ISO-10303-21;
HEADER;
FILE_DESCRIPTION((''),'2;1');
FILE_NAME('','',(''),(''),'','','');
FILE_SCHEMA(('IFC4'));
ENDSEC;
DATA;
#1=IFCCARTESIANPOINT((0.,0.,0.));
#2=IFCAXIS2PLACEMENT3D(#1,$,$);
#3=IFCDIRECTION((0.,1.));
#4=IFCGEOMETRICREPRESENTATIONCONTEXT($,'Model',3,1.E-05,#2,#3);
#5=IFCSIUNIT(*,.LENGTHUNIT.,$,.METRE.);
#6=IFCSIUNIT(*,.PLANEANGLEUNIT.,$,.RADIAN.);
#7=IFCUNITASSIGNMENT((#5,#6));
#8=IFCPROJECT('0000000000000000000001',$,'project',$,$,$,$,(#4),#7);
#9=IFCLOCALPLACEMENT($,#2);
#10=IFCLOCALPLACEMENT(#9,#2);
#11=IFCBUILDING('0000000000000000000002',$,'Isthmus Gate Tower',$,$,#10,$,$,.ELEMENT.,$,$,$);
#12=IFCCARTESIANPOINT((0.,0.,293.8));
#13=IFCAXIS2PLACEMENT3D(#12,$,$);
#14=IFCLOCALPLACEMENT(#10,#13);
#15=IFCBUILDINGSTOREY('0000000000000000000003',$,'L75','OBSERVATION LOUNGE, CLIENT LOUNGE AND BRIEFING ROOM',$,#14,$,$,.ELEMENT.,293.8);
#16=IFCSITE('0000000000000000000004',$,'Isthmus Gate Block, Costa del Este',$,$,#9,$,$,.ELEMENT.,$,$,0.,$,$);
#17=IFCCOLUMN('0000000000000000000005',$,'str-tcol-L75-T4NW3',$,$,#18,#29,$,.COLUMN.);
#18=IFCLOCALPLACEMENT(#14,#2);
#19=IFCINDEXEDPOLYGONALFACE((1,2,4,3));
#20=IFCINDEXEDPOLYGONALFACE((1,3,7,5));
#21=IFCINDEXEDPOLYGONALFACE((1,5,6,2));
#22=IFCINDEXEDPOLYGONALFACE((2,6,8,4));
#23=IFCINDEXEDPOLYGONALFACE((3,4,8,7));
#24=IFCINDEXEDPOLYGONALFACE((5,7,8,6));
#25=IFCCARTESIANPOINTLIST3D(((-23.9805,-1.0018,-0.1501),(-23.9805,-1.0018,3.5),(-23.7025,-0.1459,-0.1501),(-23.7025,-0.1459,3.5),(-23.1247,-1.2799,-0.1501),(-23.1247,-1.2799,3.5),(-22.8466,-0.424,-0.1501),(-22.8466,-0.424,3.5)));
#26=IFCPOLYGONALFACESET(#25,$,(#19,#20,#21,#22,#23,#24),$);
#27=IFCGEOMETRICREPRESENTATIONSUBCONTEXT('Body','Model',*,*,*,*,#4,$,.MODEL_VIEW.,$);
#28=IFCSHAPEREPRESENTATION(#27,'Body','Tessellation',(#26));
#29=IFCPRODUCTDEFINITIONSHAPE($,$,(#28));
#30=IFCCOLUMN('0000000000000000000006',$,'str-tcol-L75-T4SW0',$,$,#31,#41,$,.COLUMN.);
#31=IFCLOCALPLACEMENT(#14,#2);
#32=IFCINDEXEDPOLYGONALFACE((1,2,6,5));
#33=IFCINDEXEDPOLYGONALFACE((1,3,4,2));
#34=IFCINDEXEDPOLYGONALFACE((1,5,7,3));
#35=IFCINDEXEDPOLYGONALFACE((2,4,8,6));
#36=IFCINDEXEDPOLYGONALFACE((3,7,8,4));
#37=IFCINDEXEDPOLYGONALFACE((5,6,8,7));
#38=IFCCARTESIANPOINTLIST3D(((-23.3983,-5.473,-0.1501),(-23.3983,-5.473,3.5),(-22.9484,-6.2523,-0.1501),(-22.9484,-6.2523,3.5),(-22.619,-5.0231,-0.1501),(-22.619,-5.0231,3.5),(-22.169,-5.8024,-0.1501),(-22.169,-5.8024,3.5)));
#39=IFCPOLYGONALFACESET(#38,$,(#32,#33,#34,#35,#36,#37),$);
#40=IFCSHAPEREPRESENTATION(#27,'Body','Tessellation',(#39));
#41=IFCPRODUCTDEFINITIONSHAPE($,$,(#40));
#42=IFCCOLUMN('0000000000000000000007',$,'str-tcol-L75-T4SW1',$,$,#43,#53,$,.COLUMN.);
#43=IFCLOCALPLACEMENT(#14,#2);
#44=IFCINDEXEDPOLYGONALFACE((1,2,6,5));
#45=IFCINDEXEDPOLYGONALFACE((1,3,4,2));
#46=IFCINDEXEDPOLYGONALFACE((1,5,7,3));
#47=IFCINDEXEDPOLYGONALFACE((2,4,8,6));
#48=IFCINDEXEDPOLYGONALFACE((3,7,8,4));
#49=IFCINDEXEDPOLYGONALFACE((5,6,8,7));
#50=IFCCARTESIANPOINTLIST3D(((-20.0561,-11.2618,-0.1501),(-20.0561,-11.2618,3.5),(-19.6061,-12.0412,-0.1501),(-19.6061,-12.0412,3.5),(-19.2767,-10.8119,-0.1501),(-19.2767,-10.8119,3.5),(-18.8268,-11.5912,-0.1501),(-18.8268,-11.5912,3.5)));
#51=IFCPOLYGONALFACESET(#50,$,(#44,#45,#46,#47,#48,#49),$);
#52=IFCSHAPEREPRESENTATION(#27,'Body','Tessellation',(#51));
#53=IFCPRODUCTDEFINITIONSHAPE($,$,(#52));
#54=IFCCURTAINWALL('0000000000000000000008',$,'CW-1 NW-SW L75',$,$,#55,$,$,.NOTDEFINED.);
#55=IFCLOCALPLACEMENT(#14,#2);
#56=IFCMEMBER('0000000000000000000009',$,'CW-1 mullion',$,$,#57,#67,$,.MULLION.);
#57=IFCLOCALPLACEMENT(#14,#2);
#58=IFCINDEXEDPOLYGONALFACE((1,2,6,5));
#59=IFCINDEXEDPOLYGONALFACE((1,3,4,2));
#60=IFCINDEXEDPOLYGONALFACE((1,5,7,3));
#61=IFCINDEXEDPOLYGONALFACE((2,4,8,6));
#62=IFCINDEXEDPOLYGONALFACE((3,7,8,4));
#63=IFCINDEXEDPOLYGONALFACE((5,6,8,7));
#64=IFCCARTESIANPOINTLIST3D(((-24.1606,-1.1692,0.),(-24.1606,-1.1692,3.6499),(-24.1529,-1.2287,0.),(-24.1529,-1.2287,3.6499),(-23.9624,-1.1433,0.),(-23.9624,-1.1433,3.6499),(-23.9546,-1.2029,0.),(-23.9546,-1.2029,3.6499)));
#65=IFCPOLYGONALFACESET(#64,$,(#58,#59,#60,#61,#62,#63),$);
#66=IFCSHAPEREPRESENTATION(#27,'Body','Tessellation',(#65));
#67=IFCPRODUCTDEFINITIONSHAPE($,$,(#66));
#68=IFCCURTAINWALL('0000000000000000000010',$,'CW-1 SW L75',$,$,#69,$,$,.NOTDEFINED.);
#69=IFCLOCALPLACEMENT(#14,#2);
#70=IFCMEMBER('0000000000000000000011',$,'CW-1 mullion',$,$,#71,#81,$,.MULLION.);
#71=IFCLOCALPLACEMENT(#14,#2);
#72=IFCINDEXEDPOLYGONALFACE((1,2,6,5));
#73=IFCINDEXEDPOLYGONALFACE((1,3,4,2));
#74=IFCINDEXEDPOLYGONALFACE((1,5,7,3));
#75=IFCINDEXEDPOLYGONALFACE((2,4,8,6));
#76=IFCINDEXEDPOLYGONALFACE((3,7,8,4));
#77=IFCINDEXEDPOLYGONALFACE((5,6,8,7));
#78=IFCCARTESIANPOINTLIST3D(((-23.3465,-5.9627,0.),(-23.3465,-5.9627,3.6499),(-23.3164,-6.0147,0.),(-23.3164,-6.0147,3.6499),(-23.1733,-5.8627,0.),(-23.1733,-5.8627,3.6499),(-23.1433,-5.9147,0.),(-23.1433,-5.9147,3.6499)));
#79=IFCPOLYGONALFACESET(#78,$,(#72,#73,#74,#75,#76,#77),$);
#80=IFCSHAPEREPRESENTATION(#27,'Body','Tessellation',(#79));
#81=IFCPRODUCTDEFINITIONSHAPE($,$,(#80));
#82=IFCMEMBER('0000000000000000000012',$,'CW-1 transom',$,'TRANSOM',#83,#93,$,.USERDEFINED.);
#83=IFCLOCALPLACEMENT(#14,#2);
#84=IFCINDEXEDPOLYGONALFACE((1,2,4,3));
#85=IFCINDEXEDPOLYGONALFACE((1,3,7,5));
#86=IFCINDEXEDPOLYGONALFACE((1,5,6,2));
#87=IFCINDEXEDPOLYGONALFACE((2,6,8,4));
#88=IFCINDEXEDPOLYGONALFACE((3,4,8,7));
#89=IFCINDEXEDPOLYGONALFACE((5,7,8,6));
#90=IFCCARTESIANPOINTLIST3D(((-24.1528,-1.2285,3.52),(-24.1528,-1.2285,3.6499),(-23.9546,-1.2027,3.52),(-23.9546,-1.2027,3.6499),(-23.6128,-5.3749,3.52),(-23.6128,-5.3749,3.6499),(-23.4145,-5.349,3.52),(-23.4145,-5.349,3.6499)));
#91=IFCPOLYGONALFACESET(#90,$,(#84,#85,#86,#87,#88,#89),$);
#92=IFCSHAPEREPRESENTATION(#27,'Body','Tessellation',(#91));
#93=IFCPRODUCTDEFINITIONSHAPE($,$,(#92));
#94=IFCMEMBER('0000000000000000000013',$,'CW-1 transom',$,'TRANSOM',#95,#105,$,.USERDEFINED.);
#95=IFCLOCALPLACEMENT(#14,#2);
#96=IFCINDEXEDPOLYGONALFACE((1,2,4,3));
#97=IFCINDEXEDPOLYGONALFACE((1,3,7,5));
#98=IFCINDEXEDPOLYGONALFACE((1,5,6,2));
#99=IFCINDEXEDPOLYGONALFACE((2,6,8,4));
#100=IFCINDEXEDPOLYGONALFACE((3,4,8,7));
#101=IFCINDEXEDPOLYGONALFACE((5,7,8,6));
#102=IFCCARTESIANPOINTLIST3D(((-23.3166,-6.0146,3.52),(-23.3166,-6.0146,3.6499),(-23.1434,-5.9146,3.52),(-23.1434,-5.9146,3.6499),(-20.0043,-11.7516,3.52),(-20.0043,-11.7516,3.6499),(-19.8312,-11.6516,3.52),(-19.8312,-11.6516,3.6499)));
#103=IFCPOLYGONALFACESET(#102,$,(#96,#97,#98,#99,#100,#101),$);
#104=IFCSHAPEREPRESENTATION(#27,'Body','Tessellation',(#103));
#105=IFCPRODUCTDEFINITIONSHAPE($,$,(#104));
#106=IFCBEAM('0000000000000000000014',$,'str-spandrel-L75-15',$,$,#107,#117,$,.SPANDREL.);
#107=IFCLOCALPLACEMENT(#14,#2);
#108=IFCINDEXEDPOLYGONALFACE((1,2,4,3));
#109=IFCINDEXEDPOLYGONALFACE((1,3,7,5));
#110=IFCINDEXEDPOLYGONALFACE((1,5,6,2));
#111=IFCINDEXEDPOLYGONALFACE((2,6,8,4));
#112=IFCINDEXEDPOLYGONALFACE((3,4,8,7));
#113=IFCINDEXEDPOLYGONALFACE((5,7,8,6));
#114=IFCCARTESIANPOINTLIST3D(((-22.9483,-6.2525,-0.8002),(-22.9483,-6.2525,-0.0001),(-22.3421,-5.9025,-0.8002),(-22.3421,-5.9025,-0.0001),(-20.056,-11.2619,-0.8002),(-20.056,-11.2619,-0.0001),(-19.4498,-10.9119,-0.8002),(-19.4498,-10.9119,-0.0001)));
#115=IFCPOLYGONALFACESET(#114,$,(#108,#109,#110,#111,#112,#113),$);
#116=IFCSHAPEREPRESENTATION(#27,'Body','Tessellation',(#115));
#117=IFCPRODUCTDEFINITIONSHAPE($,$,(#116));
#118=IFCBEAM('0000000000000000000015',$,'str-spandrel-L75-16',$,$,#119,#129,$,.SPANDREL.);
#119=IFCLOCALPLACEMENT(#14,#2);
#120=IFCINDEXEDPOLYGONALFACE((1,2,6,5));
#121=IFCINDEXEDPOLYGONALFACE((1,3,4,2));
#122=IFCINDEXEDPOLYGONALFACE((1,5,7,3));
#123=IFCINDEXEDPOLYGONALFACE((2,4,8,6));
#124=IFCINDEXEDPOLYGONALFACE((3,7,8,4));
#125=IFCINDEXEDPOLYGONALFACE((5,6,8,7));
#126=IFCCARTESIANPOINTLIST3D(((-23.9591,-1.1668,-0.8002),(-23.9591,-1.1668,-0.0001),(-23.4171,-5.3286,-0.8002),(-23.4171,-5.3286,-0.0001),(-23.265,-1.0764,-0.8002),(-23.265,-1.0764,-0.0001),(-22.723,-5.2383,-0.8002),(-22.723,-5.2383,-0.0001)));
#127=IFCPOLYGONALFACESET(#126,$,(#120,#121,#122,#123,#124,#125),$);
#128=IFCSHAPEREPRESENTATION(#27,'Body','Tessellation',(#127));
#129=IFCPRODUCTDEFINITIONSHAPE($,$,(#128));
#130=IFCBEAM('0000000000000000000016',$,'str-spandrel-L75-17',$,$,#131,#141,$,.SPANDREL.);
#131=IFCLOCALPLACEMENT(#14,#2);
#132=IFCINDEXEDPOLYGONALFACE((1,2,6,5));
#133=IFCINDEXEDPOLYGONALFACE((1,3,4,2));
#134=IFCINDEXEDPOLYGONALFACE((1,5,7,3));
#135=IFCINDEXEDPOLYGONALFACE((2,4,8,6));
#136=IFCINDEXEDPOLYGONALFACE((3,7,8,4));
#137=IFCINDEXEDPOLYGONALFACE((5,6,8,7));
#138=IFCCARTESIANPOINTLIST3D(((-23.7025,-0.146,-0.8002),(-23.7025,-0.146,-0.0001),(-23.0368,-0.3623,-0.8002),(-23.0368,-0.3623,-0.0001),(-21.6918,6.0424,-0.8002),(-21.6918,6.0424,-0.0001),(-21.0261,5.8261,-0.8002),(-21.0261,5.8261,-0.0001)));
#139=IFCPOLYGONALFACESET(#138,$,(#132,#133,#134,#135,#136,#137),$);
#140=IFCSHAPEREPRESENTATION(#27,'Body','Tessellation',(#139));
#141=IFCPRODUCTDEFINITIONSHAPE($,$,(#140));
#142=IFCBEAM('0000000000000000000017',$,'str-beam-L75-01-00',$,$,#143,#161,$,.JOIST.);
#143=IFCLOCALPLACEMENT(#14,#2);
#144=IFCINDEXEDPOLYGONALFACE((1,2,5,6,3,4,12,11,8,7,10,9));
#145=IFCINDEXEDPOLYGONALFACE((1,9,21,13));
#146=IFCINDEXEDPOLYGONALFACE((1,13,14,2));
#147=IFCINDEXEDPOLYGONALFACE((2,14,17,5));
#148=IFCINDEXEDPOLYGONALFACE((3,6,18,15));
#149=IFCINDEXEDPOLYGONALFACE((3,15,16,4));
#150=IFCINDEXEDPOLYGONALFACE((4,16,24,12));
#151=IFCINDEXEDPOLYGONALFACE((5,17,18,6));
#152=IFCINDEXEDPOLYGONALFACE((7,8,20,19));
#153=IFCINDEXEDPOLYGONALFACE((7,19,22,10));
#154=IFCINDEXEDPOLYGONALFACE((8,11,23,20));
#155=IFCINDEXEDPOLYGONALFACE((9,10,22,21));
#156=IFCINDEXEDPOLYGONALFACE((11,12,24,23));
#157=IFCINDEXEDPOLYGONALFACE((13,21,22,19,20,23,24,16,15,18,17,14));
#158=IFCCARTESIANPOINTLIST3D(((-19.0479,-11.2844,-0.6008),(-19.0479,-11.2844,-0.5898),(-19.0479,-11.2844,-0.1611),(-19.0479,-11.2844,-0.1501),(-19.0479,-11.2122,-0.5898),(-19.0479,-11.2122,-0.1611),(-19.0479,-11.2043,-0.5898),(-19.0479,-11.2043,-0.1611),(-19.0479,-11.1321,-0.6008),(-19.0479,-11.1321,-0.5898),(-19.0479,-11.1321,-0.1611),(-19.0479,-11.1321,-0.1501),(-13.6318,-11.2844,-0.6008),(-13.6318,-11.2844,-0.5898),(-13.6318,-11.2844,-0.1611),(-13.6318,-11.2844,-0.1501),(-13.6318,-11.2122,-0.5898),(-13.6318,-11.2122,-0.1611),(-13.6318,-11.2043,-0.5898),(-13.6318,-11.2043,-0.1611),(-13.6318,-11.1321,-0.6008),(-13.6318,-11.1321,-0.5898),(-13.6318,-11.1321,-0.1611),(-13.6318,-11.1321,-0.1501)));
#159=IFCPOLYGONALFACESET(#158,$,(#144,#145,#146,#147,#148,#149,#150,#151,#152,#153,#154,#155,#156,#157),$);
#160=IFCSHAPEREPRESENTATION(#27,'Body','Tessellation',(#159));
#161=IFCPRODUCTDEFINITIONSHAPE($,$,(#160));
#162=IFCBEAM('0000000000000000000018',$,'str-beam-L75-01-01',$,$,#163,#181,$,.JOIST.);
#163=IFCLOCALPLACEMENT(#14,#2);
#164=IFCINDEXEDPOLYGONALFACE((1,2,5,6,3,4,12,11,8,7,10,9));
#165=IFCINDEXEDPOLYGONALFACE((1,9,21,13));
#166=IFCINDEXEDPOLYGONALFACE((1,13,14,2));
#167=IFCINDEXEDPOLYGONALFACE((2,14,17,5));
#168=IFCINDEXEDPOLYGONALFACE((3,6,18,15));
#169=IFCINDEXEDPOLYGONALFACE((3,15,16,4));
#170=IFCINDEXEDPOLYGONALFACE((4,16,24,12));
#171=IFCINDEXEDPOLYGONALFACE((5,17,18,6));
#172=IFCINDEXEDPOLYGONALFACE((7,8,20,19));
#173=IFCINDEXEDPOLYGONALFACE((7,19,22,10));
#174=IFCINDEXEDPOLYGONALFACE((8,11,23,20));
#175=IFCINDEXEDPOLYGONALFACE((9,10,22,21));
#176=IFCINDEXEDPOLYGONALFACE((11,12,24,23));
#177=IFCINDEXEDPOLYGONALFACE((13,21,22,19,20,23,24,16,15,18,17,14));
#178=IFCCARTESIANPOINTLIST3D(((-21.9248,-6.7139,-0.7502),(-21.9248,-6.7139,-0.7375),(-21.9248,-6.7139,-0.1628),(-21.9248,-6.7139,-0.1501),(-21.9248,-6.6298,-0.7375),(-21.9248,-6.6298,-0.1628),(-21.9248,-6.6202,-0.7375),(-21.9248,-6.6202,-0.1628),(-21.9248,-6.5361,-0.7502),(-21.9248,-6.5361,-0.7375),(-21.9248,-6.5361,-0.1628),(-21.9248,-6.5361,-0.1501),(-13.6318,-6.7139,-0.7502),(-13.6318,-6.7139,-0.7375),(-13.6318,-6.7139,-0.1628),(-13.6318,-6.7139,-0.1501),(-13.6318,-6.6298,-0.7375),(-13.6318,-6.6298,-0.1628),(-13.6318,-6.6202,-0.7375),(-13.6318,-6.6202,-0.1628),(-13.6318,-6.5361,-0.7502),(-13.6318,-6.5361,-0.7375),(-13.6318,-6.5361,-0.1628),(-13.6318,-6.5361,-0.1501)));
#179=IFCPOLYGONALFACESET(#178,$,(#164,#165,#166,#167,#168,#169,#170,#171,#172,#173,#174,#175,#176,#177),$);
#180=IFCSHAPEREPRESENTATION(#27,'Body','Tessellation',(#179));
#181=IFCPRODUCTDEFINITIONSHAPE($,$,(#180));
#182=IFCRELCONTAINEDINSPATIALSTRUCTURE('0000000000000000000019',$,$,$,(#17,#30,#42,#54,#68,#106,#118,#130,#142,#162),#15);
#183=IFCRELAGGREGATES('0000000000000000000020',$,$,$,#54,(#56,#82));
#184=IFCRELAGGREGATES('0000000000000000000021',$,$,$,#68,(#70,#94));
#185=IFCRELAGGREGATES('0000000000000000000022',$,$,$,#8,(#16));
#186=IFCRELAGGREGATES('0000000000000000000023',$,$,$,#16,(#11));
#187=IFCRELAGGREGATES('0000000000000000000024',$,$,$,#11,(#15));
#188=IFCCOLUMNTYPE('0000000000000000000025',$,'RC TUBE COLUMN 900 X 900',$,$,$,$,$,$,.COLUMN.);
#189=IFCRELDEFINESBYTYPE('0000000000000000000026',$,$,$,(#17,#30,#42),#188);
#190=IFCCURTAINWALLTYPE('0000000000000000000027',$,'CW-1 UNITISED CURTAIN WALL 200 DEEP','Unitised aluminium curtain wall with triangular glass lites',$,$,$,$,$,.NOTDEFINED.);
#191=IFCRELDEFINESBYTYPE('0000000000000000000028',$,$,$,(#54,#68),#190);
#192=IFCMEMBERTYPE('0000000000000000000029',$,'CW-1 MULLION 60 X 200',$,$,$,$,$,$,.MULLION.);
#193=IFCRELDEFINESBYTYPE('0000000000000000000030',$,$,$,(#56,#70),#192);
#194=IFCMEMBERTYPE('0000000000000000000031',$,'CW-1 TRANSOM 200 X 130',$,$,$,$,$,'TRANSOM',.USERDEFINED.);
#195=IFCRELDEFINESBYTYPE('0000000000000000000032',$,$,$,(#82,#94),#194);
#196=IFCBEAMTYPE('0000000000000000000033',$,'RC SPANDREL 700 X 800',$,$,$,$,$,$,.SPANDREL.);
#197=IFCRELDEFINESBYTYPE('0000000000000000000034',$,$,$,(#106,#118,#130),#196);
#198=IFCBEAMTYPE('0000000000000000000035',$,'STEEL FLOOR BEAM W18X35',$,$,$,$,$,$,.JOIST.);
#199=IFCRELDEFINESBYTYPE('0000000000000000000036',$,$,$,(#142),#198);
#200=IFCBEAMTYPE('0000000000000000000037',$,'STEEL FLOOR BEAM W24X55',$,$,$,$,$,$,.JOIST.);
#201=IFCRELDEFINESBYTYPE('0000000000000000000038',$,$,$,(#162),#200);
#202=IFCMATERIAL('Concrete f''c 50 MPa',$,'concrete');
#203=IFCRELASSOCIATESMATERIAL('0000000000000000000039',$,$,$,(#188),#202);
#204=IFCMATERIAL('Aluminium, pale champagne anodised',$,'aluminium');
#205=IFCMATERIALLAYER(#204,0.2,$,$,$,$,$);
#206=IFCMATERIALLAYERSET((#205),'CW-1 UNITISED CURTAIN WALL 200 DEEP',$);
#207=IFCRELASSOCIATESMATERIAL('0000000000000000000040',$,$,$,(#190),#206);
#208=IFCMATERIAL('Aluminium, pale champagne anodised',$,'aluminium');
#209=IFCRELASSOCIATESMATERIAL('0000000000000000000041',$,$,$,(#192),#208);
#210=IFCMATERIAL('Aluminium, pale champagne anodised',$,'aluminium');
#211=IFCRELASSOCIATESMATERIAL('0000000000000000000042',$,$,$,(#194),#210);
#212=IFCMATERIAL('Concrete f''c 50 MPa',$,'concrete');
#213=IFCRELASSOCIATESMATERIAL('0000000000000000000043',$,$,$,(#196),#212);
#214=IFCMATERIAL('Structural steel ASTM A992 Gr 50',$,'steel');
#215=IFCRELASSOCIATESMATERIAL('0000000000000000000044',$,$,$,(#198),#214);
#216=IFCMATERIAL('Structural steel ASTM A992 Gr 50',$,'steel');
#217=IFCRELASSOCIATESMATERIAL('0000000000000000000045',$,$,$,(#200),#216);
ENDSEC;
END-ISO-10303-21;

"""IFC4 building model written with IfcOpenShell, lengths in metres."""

from ifc_helpers import new_model, si_unit, direction, frame, origin, origin_2d, place, context, subcontext, project, spatial, rectangle, i_section, extrude, material, layer, layer_set, material_profile, profile_set, type_object, element, aggregate, save


model = new_model("IFC4")

# Units and contexts
model_context = context("Model", 3, precision=1e-05, world=origin(), true_north=direction((0.0, 1.0)))
body_context = subcontext(model_context, "Body", "Model", "MODEL_VIEW")
ifc_project = project(units=[si_unit("LENGTHUNIT", "METRE"), si_unit("PLANEANGLEUNIT", "RADIAN")], contexts=[model_context])

# Site, building, storey
site_placement = place(None, origin())
site = spatial("IfcSite", under=ifc_project, at=site_placement, Name="Isthmus Gate Block, Costa del Este", CompositionType="ELEMENT", RefElevation=0.0)
building_placement = place(site_placement, origin())
building = spatial("IfcBuilding", under=site, at=building_placement, Name="Isthmus Gate Tower", CompositionType="ELEMENT")
storey_placement = place(building_placement, frame((0.0, 0.0, 293.8)))
storey = spatial("IfcBuildingStorey", under=building, at=storey_placement, Name="L75", Description="OBSERVATION LOUNGE, CLIENT LOUNGE AND BRIEFING ROOM", CompositionType="ELEMENT", Elevation=293.8)

# Columns
ifc_material_1 = material(Name="Concrete f'c 50 MPa", Category="concrete")
ifc_material_profile_1 = material_profile(ifc_material_1, rectangle(XDim=0.8999, YDim=0.8999, at=origin_2d()), Name="RC 900X900")
ifc_profile_set_1 = profile_set([ifc_material_profile_1], Name="Concrete f'c 50 MPa")
column_type = type_object("IfcColumnType", Name="RC TUBE COLUMN 900 X 900", PredefinedType="COLUMN", material=ifc_profile_set_1)
for number, where, z_axis, x_axis, name in (
    (1, (-23.4136, -0.7129, -0.1501), (0.0, 0.0, 1.0), (-0.309017, -0.951057, 0.0), "str-tcol-L75-T4NW3"),
    (2, (-22.7837, -5.6377, -0.1501), (0.0, 0.0, 1.0), (0.5, -0.866025, 0.0), "str-tcol-L75-T4SW0"),
    (3, (-19.4414, -11.4265, -0.1501), (0.0, 0.0, 1.0), (0.5, -0.866025, 0.0), "str-tcol-L75-T4SW1"),
):
    element("IfcColumn", number, at=place(storey_placement, frame(where, z_axis=z_axis, x_axis=x_axis)), inside=storey, type_object=column_type, Name=name, PredefinedType="COLUMN", context=body_context, shape_type="SweptSolid", body=[
        extrude(rectangle(XDim=0.8999, YDim=0.8999, at=origin_2d()), origin(), (0.0, 0.0, 1.0), 3.6501),
    ])

# Curtain walls, members
ifc_material_2 = material(Name="Aluminium, pale champagne anodised", Category="aluminium")
ifc_layer_1 = layer(ifc_material_2, 0.2)
ifc_layer_set_1 = layer_set([ifc_layer_1], Name="CW-1 UNITISED CURTAIN WALL 200 DEEP")
curtain_wall_type = type_object("IfcCurtainWallType", Name="CW-1 UNITISED CURTAIN WALL 200 DEEP", Description="Unitised aluminium curtain wall with triangular glass lites", PredefinedType="NOTDEFINED", material=ifc_layer_set_1)
curtain_wall_1_placement = place(storey_placement, origin())
curtain_wall_1 = element("IfcCurtainWall", 4, at=curtain_wall_1_placement, inside=storey, type_object=curtain_wall_type, Name="CW-1 NW-SW L75", PredefinedType="NOTDEFINED")
ifc_material_3 = material(Name="Aluminium, pale champagne anodised", Category="aluminium")
ifc_material_profile_2 = material_profile(ifc_material_3, rectangle(XDim=0.0601, YDim=0.2, at=origin_2d()), Name="60x200")
ifc_profile_set_2 = profile_set([ifc_material_profile_2], Name="Aluminium, pale champagne anodised")
member_type_1 = type_object("IfcMemberType", Name="CW-1 MULLION 60 X 200", PredefinedType="MULLION", material=ifc_profile_set_2)
member_1_placement = place(storey_placement, frame((-24.0576, -1.186, 0.0), z_axis=(0.0, 0.0, 1.0), x_axis=(0.129165, -0.991623, 0.0)))
member_1 = element("IfcMember", 5, at=member_1_placement, type_object=member_type_1, Name="CW-1 mullion", PredefinedType="MULLION", context=body_context, shape_type="SweptSolid", body=[
    extrude(rectangle(XDim=0.0601, YDim=0.2, at=origin_2d()), origin(), (0.0, 0.0, 1.0), 3.6499),
])
curtain_wall_2_placement = place(storey_placement, origin())
curtain_wall_2 = element("IfcCurtainWall", 6, at=curtain_wall_2_placement, inside=storey, type_object=curtain_wall_type, Name="CW-1 SW L75", PredefinedType="NOTDEFINED")
member_2_placement = place(storey_placement, frame((-23.2449, -5.9387, 0.0), z_axis=(0.0, 0.0, 1.0), x_axis=(0.5, -0.866025, 0.0)))
member_2 = element("IfcMember", 7, at=member_2_placement, type_object=member_type_1, Name="CW-1 mullion", PredefinedType="MULLION", context=body_context, shape_type="SweptSolid", body=[
    extrude(rectangle(XDim=0.0601, YDim=0.2, at=origin_2d()), origin(), (0.0, 0.0, 1.0), 3.6499),
])

# Members
ifc_material_4 = material(Name="Aluminium, pale champagne anodised", Category="aluminium")
ifc_material_profile_3 = material_profile(ifc_material_4, rectangle(XDim=0.2, YDim=0.1299, at=origin_2d()), Name="200x130")
ifc_profile_set_3 = profile_set([ifc_material_profile_3], Name="Aluminium, pale champagne anodised")
member_type_2 = type_object("IfcMemberType", Name="CW-1 TRANSOM 200 X 130", ElementType="TRANSOM", PredefinedType="USERDEFINED", material=ifc_profile_set_3)
member_3_placement = place(storey_placement, frame((-24.0537, -1.2156, 3.585), z_axis=(0.129149, -0.991625, 0.0), x_axis=(0.991625, 0.129149, 0.0)))
member_3 = element("IfcMember", 8, at=member_3_placement, type_object=member_type_2, Name="CW-1 transom", ObjectType="TRANSOM", PredefinedType="USERDEFINED", context=body_context, shape_type="SweptSolid", body=[
    extrude(rectangle(XDim=0.2, YDim=0.1299, at=origin_2d()), origin(), (0.0, 0.0, 1.0), 4.1814),
])
member_4_placement = place(storey_placement, frame((-23.23, -5.9646, 3.585), z_axis=(0.499996, -0.866028, 0.0), x_axis=(0.866028, 0.499996, 0.0)))
member_4 = element("IfcMember", 9, at=member_4_placement, type_object=member_type_2, Name="CW-1 transom", ObjectType="TRANSOM", PredefinedType="USERDEFINED", context=body_context, shape_type="SweptSolid", body=[
    extrude(rectangle(XDim=0.2, YDim=0.1299, at=origin_2d()), origin(), (0.0, 0.0, 1.0), 6.6245),
])

# Beams
ifc_material_5 = material(Name="Concrete f'c 50 MPa", Category="concrete")
ifc_material_profile_4 = material_profile(ifc_material_5, rectangle(XDim=0.7, YDim=0.8, at=origin_2d()), Name="RC 700X800")
ifc_profile_set_4 = profile_set([ifc_material_profile_4], Name="Concrete f'c 50 MPa")
beam_type_1 = type_object("IfcBeamType", Name="RC SPANDREL 700 X 800", PredefinedType="SPANDREL", material=ifc_profile_set_4)
beam_1_placement = place(storey_placement, frame((-19.7529, -11.0869, -0.4001), z_axis=(-0.500011, 0.866019, 0.0), x_axis=(-0.866019, -0.500011, 0.0)))
element("IfcBeam", 10, at=beam_1_placement, inside=storey, type_object=beam_type_1, Name="str-spandrel-L75-15", PredefinedType="SPANDREL", context=body_context, shape_type="SweptSolid", body=[
    extrude(rectangle(XDim=0.7, YDim=0.8, at=origin_2d()), origin(), (0.0, 0.0, 1.0), 5.7844),
])
beam_2_placement = place(storey_placement, frame((-23.0701, -5.2834, -0.4001), z_axis=(-0.129138, 0.991627, 0.0), x_axis=(-0.991627, -0.129138, 0.0)))
element("IfcBeam", 11, at=beam_2_placement, inside=storey, type_object=beam_type_1, Name="str-spandrel-L75-16", PredefinedType="SPANDREL", context=body_context, shape_type="SweptSolid", body=[
    extrude(rectangle(XDim=0.7, YDim=0.8, at=origin_2d()), origin(), (0.0, 0.0, 1.0), 4.197),
])
beam_3_placement = place(storey_placement, frame((-23.3696, -0.2542, -0.4001), z_axis=(0.309015, 0.951057, 0.0), x_axis=(-0.951057, 0.309015, 0.0)))
element("IfcBeam", 12, at=beam_3_placement, inside=storey, type_object=beam_type_1, Name="str-spandrel-L75-17", PredefinedType="SPANDREL", context=body_context, shape_type="SweptSolid", body=[
    extrude(rectangle(XDim=0.7, YDim=0.8, at=origin_2d()), origin(), (0.0, 0.0, 1.0), 6.5068),
])
ifc_material_6 = material(Name="Structural steel ASTM A992 Gr 50", Category="steel")
ifc_material_profile_5 = material_profile(ifc_material_6, i_section(OverallWidth=0.1523, OverallDepth=0.4507, WebThickness=0.0078, FlangeThickness=0.011, at=origin_2d()), Name="W18X35")
ifc_profile_set_5 = profile_set([ifc_material_profile_5], Name="Structural steel ASTM A992 Gr 50")
beam_type_2 = type_object("IfcBeamType", Name="STEEL FLOOR BEAM W18X35", PredefinedType="JOIST", material=ifc_profile_set_5)
beam_4_placement = place(storey_placement, frame((-19.0479, -11.2083, -0.3755), z_axis=(1.0, 0.0, 0.0), x_axis=(0.0, 1.0, 0.0)))
element("IfcBeam", 13, at=beam_4_placement, inside=storey, type_object=beam_type_2, Name="str-beam-L75-01-00", PredefinedType="JOIST", context=body_context, shape_type="SweptSolid", body=[
    extrude(i_section(OverallWidth=0.1523, OverallDepth=0.4507, WebThickness=0.0078, FlangeThickness=0.011, at=origin_2d()), origin(), (0.0, 0.0, 1.0), 5.416),
])
ifc_material_7 = material(Name="Structural steel ASTM A992 Gr 50", Category="steel")
ifc_material_profile_6 = material_profile(ifc_material_7, i_section(OverallWidth=0.1777, OverallDepth=0.6001, WebThickness=0.0095, FlangeThickness=0.0127, at=origin_2d()), Name="W24X55")
ifc_profile_set_6 = profile_set([ifc_material_profile_6], Name="Structural steel ASTM A992 Gr 50")
beam_type_3 = type_object("IfcBeamType", Name="STEEL FLOOR BEAM W24X55", PredefinedType="JOIST", material=ifc_profile_set_6)
beam_5_placement = place(storey_placement, frame((-21.9248, -6.625, -0.4502), z_axis=(1.0, 0.0, 0.0), x_axis=(0.0, 1.0, 0.0)))
element("IfcBeam", 14, at=beam_5_placement, inside=storey, type_object=beam_type_3, Name="str-beam-L75-01-01", PredefinedType="JOIST", context=body_context, shape_type="SweptSolid", body=[
    extrude(i_section(OverallWidth=0.1777, OverallDepth=0.6001, WebThickness=0.0095, FlangeThickness=0.0127, at=origin_2d()), origin(), (0.0, 0.0, 1.0), 8.293),
])

aggregate(curtain_wall_1, [member_1, member_3])
aggregate(curtain_wall_2, [member_2, member_4])

save(model, "model.ifc")
